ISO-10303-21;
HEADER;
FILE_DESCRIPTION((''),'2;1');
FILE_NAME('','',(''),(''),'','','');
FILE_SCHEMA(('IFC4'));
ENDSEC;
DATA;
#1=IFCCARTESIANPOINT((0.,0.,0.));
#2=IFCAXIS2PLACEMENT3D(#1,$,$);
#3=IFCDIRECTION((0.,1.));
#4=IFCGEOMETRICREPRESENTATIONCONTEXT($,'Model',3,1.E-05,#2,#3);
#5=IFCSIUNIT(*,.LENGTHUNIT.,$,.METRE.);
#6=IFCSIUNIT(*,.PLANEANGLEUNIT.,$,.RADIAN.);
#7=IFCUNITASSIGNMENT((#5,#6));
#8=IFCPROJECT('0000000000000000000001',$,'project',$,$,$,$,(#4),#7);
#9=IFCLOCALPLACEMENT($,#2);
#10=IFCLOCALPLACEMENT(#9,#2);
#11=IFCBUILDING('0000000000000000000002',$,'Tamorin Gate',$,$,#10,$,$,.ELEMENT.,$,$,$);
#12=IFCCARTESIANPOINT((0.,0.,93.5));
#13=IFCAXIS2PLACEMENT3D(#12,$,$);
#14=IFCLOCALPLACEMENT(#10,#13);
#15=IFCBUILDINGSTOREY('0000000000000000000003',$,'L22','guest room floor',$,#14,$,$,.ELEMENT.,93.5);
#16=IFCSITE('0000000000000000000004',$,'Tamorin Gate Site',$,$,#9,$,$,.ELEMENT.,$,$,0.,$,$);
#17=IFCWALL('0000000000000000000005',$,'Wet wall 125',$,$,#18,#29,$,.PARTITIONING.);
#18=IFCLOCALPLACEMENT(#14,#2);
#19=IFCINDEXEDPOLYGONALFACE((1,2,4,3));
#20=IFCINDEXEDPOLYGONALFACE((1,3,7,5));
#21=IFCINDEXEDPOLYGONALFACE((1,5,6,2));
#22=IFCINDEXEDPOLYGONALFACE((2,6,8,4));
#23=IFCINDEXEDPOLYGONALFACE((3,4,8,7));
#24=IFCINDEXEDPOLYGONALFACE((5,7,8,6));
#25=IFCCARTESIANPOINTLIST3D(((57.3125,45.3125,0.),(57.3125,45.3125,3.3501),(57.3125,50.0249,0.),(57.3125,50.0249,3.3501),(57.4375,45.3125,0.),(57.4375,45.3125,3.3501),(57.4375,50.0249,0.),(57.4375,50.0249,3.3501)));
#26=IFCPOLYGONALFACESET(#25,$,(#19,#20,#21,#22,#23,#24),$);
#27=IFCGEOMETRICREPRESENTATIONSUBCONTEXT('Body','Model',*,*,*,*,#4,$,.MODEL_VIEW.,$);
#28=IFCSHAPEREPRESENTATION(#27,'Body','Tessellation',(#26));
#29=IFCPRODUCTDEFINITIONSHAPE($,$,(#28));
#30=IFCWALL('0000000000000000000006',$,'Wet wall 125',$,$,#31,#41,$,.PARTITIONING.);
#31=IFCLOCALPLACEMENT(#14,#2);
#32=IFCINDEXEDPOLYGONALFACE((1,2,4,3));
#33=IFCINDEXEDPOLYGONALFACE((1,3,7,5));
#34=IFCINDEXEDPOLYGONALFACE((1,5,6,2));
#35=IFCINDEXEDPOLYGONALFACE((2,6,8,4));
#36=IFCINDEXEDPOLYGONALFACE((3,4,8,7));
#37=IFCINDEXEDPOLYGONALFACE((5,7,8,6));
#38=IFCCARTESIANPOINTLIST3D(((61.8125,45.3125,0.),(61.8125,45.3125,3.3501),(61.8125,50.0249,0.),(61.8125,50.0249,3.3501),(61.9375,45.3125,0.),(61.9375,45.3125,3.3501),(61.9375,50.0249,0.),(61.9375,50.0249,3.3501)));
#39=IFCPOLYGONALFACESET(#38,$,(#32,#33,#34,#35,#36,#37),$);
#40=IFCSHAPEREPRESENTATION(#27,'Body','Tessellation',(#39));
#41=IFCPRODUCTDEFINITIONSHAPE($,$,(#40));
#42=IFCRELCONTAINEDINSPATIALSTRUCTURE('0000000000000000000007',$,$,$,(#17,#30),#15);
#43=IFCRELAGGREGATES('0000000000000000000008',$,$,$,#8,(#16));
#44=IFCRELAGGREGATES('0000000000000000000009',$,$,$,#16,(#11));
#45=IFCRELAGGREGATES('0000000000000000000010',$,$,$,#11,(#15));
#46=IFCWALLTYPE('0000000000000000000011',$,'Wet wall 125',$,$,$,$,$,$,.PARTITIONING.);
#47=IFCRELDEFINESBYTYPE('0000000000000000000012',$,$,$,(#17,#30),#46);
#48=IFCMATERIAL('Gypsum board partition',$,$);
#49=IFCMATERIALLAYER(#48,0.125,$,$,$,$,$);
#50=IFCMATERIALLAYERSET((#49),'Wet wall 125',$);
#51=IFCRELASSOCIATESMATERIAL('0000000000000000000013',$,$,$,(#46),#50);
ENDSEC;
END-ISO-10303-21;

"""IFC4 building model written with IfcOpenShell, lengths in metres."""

from ifc_helpers import new_model, si_unit, direction, frame, frame_2d, origin, place, context, subcontext, project, spatial, rectangle, extrude, material, layer, layer_set, type_object, element, save


model = new_model("IFC4")

# Units and contexts
model_context = context("Model", 3, precision=1e-05, world=origin(), true_north=direction((0.0, 1.0)))
body_context = subcontext(model_context, "Body", "Model", "MODEL_VIEW")
ifc_project = project(units=[si_unit("LENGTHUNIT", "METRE"), si_unit("PLANEANGLEUNIT", "RADIAN")], contexts=[model_context])

# Site, building, storey
site_placement = place(None, origin())
site = spatial("IfcSite", under=ifc_project, at=site_placement, Name="Tamorin Gate Site", CompositionType="ELEMENT", RefElevation=0.0)
building_placement = place(site_placement, origin())
building = spatial("IfcBuilding", under=site, at=building_placement, Name="Tamorin Gate", CompositionType="ELEMENT")
storey_placement = place(building_placement, frame((0.0, 0.0, 93.5)))
storey = spatial("IfcBuildingStorey", under=building, at=storey_placement, Name="L22", Description="guest room floor", CompositionType="ELEMENT", Elevation=93.5)

# Shared definitions
ifc_material_1 = material(Name="Gypsum board partition")

# Walls
ifc_layer_1 = layer(ifc_material_1, 0.125)
ifc_layer_set_1 = layer_set([ifc_layer_1], Name="Wet wall 125")
wall_type_1 = type_object("IfcWallType", Name="Wet wall 125", PredefinedType="PARTITIONING", material=ifc_layer_set_1)
for number, where, z_axis, x_axis, name in (
    (1, (57.375, 45.3125, 0.0), (0.0, 0.0, 1.0), (0.0, 1.0, 0.0), "Wet wall 125"),
    (2, (61.875, 45.3125, 0.0), (0.0, 0.0, 1.0), (0.0, 1.0, 0.0), "Wet wall 125"),
):
    element("IfcWall", number, at=place(storey_placement, frame(where, z_axis=z_axis, x_axis=x_axis)), inside=storey, type_object=wall_type_1, Name=name, PredefinedType="PARTITIONING", context=body_context, shape_type="SweptSolid", body=[
        extrude(rectangle(XDim=4.7124, YDim=0.125, at=frame_2d((2.3562, 0.0))), origin(), (0.0, 0.0, 1.0), 3.3501),
    ])

save(model, "model.ifc")
